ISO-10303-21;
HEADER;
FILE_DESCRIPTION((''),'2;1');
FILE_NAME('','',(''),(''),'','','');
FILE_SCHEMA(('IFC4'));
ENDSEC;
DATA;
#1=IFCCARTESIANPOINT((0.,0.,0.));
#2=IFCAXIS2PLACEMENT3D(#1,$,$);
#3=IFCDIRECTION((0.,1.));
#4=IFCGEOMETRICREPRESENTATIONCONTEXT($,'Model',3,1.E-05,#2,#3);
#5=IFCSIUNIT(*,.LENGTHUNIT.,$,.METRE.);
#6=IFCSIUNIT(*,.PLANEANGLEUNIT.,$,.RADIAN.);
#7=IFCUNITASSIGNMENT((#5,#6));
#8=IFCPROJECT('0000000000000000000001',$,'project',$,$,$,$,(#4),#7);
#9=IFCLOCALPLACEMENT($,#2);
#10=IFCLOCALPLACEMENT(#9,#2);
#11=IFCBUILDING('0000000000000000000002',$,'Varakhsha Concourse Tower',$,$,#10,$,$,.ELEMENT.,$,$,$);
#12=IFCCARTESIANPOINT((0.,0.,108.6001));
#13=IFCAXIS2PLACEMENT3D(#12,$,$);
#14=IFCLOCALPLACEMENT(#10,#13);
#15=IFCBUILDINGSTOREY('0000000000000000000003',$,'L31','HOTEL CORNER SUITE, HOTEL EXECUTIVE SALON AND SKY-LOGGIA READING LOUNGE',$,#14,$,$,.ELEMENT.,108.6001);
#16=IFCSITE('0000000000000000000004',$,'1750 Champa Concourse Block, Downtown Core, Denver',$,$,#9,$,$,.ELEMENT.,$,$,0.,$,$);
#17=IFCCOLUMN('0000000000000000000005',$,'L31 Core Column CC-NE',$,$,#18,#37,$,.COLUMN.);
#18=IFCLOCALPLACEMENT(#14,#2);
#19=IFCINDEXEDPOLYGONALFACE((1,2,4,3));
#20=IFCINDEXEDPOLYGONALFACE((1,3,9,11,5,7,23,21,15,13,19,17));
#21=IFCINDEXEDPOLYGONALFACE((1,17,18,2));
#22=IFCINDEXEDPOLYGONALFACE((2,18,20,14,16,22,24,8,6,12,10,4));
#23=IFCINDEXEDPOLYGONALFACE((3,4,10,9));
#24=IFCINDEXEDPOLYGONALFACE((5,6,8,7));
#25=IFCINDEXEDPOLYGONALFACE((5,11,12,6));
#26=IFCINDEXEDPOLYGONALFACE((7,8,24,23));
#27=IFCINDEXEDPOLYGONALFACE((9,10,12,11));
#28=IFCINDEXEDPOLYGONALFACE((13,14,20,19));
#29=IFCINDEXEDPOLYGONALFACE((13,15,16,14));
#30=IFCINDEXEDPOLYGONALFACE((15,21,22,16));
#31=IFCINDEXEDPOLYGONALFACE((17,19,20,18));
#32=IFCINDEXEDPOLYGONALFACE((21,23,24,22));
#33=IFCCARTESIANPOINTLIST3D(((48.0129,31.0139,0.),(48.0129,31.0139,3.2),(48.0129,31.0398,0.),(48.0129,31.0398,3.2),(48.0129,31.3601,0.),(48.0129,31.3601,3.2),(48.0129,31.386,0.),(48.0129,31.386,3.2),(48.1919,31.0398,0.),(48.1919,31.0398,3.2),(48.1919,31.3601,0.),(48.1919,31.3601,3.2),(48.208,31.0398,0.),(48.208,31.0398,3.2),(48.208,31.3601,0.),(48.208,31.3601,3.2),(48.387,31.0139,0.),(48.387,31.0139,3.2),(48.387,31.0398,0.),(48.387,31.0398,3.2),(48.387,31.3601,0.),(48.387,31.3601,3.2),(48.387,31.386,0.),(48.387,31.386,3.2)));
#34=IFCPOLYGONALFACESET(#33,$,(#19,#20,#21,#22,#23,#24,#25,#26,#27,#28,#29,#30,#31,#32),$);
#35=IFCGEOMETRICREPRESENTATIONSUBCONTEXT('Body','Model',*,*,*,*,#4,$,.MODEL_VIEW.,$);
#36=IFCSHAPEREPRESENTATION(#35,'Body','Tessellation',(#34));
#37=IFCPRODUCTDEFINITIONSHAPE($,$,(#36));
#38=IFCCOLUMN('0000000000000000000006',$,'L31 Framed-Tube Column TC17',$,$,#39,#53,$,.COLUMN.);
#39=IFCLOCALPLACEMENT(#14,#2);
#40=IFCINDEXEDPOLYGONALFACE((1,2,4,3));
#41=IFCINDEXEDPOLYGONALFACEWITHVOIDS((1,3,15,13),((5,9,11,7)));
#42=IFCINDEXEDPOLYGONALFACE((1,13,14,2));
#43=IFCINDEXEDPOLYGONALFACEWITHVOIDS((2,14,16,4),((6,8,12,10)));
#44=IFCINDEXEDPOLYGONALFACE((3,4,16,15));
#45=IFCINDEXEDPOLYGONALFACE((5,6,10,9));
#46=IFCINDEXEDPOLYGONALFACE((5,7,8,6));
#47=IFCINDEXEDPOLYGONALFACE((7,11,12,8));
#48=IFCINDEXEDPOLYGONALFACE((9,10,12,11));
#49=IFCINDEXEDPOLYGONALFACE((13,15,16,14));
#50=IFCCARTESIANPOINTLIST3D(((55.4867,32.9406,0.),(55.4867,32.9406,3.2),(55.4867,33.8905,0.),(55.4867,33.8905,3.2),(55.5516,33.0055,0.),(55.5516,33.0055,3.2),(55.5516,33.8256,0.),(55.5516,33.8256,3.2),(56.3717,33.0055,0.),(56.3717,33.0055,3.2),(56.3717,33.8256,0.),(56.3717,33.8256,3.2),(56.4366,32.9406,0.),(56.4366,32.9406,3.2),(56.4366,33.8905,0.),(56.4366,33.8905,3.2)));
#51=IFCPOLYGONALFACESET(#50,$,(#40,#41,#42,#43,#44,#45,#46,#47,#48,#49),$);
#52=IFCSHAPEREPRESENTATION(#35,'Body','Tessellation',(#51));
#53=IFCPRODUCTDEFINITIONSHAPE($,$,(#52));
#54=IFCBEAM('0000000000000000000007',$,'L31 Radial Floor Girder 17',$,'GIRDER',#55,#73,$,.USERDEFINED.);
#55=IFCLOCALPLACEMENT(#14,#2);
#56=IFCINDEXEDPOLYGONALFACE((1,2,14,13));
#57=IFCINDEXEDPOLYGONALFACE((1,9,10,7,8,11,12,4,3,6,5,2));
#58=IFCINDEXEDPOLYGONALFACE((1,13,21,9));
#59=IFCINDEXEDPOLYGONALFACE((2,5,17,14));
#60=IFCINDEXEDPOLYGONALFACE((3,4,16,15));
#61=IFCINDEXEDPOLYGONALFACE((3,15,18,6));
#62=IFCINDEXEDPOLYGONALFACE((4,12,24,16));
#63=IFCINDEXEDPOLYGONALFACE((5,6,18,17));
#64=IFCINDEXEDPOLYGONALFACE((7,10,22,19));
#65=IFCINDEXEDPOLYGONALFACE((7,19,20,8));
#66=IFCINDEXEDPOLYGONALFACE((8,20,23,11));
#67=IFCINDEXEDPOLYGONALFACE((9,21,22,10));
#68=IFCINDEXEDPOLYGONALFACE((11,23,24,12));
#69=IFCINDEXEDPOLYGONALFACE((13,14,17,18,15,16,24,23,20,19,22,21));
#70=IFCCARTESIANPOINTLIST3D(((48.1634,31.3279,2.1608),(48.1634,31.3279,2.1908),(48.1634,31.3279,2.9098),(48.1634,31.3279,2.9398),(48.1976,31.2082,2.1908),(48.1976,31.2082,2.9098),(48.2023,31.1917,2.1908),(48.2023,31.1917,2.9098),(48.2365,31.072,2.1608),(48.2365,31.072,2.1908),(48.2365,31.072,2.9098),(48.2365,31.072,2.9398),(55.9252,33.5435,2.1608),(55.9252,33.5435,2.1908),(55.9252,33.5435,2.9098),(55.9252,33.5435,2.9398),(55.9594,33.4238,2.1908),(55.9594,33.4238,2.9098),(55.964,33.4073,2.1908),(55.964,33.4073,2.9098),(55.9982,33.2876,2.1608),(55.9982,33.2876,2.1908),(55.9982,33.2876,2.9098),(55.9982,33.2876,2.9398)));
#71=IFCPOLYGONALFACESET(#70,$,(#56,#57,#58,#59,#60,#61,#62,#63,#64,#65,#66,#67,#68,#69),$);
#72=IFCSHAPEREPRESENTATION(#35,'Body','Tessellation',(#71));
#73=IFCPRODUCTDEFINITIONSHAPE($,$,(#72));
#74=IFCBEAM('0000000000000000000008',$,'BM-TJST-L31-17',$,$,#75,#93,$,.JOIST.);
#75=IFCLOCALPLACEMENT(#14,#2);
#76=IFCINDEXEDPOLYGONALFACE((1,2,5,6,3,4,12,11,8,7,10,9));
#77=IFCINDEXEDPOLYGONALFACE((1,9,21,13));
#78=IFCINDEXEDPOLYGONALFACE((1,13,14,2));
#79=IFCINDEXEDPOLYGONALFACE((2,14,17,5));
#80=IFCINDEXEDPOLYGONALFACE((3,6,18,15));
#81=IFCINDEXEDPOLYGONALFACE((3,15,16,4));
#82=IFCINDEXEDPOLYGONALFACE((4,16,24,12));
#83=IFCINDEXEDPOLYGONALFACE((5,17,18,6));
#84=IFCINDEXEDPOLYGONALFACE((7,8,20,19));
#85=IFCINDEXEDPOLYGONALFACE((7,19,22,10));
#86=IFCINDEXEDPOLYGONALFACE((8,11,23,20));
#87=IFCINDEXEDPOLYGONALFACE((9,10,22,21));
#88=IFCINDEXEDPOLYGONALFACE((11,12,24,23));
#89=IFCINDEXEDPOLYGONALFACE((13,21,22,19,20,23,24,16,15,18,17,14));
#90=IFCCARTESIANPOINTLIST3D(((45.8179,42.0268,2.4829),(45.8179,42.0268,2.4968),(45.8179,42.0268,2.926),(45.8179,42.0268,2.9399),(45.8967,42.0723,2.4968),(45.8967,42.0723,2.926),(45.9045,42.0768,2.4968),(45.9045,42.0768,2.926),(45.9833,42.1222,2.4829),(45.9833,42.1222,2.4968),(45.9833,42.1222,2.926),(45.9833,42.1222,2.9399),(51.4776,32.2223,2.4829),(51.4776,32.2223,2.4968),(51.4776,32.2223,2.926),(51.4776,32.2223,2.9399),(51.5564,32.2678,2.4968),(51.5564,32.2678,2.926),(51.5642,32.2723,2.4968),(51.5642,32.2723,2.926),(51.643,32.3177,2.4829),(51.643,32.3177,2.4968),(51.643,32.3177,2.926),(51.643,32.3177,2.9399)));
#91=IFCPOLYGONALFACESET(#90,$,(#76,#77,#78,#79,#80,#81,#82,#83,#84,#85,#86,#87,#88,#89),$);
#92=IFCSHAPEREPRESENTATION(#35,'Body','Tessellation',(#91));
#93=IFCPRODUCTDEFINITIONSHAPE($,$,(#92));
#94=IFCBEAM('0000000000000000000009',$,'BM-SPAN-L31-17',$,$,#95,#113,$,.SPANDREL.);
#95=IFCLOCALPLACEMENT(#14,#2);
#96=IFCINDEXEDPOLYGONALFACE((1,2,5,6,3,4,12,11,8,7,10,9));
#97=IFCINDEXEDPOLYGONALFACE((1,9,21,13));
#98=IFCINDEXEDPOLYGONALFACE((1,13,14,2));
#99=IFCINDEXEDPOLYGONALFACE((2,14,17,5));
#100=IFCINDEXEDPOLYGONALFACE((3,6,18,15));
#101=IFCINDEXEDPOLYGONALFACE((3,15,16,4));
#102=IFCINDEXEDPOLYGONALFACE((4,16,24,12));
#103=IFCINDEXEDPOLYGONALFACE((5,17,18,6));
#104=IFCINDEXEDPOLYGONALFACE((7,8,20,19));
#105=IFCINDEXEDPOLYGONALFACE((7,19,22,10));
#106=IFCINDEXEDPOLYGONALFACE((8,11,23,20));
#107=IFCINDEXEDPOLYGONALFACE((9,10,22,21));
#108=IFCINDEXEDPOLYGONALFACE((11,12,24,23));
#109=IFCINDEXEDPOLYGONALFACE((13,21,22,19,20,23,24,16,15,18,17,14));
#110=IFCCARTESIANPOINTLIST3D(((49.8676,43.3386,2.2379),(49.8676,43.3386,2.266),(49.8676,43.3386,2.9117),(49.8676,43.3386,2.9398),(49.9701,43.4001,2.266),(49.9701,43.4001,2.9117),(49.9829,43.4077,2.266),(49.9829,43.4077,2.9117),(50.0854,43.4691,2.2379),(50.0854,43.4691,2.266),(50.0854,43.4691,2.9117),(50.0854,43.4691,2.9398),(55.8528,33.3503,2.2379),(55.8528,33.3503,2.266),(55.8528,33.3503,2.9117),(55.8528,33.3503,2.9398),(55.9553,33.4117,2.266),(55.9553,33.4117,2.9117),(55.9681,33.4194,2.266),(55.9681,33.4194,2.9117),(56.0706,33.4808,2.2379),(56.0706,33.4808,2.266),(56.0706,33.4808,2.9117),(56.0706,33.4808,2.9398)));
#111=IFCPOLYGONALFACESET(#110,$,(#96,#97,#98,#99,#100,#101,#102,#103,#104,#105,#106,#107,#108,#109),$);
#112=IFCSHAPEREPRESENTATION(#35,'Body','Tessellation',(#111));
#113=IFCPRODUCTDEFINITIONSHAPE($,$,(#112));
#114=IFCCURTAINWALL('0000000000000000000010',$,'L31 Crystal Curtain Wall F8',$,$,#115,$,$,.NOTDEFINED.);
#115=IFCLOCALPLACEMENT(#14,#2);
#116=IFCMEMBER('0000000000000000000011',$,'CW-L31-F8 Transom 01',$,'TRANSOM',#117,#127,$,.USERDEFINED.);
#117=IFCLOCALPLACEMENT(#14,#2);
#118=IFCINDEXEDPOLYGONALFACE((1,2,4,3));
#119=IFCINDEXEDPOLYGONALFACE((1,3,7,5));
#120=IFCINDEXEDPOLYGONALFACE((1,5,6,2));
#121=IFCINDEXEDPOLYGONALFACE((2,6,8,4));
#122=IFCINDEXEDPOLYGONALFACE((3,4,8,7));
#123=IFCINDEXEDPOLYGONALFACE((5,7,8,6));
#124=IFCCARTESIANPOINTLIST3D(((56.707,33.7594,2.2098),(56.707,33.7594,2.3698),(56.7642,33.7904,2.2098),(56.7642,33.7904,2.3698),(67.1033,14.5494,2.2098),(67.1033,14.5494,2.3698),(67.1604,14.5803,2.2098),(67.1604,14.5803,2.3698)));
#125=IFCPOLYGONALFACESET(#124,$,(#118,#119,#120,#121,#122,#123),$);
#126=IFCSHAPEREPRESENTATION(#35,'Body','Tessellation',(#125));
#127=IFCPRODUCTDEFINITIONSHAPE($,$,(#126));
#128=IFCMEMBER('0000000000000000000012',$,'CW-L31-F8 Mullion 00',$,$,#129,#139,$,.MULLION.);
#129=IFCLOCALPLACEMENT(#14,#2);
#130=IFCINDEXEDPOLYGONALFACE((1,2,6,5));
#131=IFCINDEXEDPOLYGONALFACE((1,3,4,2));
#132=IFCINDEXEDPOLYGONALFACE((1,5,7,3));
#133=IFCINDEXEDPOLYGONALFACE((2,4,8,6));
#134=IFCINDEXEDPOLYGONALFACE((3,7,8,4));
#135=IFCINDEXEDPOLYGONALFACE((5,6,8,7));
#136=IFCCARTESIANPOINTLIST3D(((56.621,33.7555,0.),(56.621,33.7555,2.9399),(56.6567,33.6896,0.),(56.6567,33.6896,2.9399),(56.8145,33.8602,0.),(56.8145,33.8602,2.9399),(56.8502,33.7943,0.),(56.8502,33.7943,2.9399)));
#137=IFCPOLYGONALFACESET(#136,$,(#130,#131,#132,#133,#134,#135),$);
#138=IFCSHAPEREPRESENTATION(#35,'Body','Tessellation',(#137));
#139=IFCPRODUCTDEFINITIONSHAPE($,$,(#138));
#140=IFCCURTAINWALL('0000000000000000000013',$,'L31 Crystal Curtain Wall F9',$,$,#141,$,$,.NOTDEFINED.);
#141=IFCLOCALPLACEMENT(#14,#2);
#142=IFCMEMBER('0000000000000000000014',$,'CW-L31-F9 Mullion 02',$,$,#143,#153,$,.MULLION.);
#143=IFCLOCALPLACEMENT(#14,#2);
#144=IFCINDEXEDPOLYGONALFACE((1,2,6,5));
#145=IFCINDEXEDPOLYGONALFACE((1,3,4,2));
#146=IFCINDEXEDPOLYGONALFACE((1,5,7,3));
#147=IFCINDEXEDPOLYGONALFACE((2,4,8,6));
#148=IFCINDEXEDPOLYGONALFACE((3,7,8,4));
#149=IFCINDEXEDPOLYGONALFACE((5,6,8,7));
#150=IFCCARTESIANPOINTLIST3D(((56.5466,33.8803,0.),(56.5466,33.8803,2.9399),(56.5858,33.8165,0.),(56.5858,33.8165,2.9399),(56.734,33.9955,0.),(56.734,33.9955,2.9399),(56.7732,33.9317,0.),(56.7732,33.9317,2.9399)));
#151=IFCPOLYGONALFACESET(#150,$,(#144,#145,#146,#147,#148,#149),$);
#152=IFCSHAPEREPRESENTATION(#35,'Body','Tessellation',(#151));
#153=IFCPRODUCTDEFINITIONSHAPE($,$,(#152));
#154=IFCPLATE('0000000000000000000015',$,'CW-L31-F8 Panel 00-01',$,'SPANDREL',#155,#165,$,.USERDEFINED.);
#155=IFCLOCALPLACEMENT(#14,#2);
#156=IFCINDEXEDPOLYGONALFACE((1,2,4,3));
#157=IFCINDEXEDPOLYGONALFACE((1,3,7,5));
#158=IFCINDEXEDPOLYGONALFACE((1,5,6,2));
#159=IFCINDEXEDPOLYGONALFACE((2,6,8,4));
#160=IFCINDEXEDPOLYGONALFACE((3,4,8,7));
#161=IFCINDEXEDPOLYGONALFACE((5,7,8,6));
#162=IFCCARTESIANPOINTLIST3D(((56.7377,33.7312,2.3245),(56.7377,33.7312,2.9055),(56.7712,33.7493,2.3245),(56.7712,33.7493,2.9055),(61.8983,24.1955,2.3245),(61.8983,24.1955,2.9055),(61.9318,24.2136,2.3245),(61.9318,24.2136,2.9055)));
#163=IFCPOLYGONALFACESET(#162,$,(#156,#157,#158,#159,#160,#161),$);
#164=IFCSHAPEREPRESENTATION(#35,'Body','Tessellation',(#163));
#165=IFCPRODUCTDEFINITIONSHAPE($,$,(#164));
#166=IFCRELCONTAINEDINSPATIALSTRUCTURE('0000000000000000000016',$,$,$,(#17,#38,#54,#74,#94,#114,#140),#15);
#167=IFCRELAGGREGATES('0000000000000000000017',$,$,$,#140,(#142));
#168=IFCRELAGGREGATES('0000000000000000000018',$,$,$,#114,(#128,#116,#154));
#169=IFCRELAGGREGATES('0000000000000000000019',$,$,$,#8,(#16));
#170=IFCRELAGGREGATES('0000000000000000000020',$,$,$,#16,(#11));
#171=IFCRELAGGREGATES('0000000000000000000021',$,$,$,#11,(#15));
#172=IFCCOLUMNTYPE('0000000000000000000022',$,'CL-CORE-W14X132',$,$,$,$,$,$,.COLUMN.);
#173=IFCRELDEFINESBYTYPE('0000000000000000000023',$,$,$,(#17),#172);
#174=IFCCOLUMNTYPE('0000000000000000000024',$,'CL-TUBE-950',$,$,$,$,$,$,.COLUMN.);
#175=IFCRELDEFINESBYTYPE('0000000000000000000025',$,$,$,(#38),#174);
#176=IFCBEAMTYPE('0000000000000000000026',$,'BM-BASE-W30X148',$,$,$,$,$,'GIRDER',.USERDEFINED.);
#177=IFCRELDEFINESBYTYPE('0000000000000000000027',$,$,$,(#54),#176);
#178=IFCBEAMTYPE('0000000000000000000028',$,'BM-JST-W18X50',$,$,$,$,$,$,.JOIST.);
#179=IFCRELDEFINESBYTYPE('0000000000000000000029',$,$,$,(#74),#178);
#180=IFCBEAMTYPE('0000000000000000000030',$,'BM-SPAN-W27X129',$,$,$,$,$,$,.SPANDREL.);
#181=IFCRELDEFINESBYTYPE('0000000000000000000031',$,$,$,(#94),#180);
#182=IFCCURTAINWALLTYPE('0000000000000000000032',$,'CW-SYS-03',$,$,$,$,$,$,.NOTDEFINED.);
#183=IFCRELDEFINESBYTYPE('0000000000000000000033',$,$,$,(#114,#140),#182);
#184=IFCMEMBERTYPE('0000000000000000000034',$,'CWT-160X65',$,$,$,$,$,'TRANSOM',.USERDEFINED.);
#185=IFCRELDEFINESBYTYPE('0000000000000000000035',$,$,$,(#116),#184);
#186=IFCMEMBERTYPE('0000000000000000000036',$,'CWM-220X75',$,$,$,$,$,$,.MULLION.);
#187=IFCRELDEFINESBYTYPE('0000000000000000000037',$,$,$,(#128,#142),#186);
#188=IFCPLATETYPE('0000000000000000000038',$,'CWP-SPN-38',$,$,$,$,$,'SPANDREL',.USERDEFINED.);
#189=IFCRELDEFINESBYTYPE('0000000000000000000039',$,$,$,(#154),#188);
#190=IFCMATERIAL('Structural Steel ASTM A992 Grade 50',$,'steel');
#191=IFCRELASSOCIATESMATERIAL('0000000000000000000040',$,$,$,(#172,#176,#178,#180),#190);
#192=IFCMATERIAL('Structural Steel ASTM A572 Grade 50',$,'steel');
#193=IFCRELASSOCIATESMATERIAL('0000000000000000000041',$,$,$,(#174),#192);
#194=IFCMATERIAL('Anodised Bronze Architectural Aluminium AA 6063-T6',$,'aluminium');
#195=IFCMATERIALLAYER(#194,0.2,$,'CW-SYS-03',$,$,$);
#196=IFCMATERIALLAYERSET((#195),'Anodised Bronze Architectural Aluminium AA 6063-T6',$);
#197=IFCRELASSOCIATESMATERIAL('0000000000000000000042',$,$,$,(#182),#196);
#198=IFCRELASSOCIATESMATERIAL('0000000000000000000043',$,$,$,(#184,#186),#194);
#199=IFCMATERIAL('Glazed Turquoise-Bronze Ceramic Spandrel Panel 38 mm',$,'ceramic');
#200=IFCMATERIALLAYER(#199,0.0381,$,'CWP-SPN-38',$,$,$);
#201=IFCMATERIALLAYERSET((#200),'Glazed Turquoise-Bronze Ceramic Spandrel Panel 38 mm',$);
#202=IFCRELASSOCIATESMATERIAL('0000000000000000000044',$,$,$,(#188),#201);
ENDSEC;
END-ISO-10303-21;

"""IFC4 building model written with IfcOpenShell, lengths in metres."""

from ifc_helpers import new_model, si_unit, direction, frame, origin, origin_2d, place, context, subcontext, project, spatial, rectangle, hollow_rectangle, i_section, extrude, source, transform, mapped, material, layer, layer_set, material_profile, profile_set, type_object, type_shapes, element, aggregate, save


model = new_model("IFC4")

# Units and contexts
model_context = context("Model", 3, precision=1e-05, world=origin(), true_north=direction((0.0, 1.0)))
body_context = subcontext(model_context, "Body", "Model", "MODEL_VIEW")
ifc_project = project(units=[si_unit("LENGTHUNIT", "METRE"), si_unit("PLANEANGLEUNIT", "RADIAN")], contexts=[model_context])

# Site, building, storey
site_placement = place(None, origin())
site = spatial("IfcSite", under=ifc_project, at=site_placement, Name="1750 Champa Concourse Block, Downtown Core, Denver", CompositionType="ELEMENT", RefElevation=0.0)
building_placement = place(site_placement, origin())
building = spatial("IfcBuilding", under=site, at=building_placement, Name="Varakhsha Concourse Tower", CompositionType="ELEMENT")
storey_placement = place(building_placement, frame((0.0, 0.0, 108.6001)))
storey = spatial("IfcBuildingStorey", under=building, at=storey_placement, Name="L31", Description="HOTEL CORNER SUITE, HOTEL EXECUTIVE SALON AND SKY-LOGGIA READING LOUNGE", CompositionType="ELEMENT", Elevation=108.6001)

# Columns
ifc_material_1 = material(Name="Structural Steel ASTM A992 Grade 50", Category="steel")
ifc_material_profile_1 = material_profile(ifc_material_1, i_section(OverallWidth=0.374, OverallDepth=0.3721, WebThickness=0.0161, FlangeThickness=0.0259, at=origin_2d()), Name="W14X132")
ifc_profile_set_1 = profile_set([ifc_material_profile_1], Name="Structural Steel ASTM A992 Grade 50")
column_type_1 = type_object("IfcColumnType", Name="CL-CORE-W14X132", PredefinedType="COLUMN", material=ifc_profile_set_1)
column_1_placement = place(storey_placement, frame((48.2, 31.2, 0.0), z_axis=(0.0, 0.0, 1.0), x_axis=(1.0, 0.0, 0.0)))
element("IfcColumn", 1, at=column_1_placement, inside=storey, type_object=column_type_1, Name="L31 Core Column CC-NE", PredefinedType="COLUMN", context=body_context, shape_type="SweptSolid", body=[
    extrude(i_section(OverallWidth=0.374, OverallDepth=0.3721, WebThickness=0.0161, FlangeThickness=0.0259, at=origin_2d()), origin(), (0.0, 0.0, 1.0), 3.2),
])
ifc_material_2 = material(Name="Structural Steel ASTM A572 Grade 50", Category="steel")
ifc_material_profile_2 = material_profile(ifc_material_2, hollow_rectangle(XDim=0.95, YDim=0.95, WallThickness=0.0649, at=origin_2d()), Name="BOX 950x950x65")
ifc_profile_set_2 = profile_set([ifc_material_profile_2], Name="Structural Steel ASTM A572 Grade 50")
column_type_2 = type_object("IfcColumnType", Name="CL-TUBE-950", PredefinedType="COLUMN", material=ifc_profile_set_2)
column_2_placement = place(storey_placement, frame((55.9617, 33.4155, 0.0), z_axis=(0.0, 0.0, 1.0), x_axis=(1.0, 0.0, 0.0)))
element("IfcColumn", 2, at=column_2_placement, inside=storey, type_object=column_type_2, Name="L31 Framed-Tube Column TC17", PredefinedType="COLUMN", context=body_context, shape_type="SweptSolid", body=[
    extrude(hollow_rectangle(XDim=0.95, YDim=0.95, WallThickness=0.0649, at=origin_2d()), origin(), (0.0, 0.0, 1.0), 3.2),
])

# Beams
ifc_material_profile_3 = material_profile(ifc_material_1, i_section(OverallWidth=0.2661, OverallDepth=0.7791, WebThickness=0.0171, FlangeThickness=0.03, at=origin_2d()), Name="W30X148")
ifc_profile_set_3 = profile_set([ifc_material_profile_3], Name="Structural Steel ASTM A992 Grade 50")
beam_type_1 = type_object("IfcBeamType", Name="BM-BASE-W30X148", ElementType="GIRDER", PredefinedType="USERDEFINED", material=ifc_profile_set_3)
beam_1_placement = place(storey_placement, frame((48.2, 31.2, 2.5503), z_axis=(0.961591, 0.274485, 0.0), x_axis=(-0.274485, 0.961591, 0.0)))
element("IfcBeam", 3, at=beam_1_placement, inside=storey, type_object=beam_type_1, Name="L31 Radial Floor Girder 17", ObjectType="GIRDER", PredefinedType="USERDEFINED", context=body_context, shape_type="SweptSolid", body=[
    extrude(i_section(OverallWidth=0.2661, OverallDepth=0.7791, WebThickness=0.0171, FlangeThickness=0.03, at=origin_2d()), origin(), (0.0, 0.0, 1.0), 8.0718),
])
ifc_material_profile_4 = material_profile(ifc_material_1, i_section(OverallWidth=0.1909, OverallDepth=0.457, WebThickness=0.009, FlangeThickness=0.0139, at=origin_2d()), Name="W18X50")
ifc_profile_set_4 = profile_set([ifc_material_profile_4], Name="Structural Steel ASTM A992 Grade 50")
beam_type_2 = type_object("IfcBeamType", Name="BM-JST-W18X50", PredefinedType="JOIST", material=ifc_profile_set_4)
beam_2_placement = place(storey_placement, frame((51.5603, 32.27, 2.7114), z_axis=(-0.499938, 0.866061, 0.0), x_axis=(-0.866061, -0.499938, 0.0)))
element("IfcBeam", 4, at=beam_2_placement, inside=storey, type_object=beam_type_2, Name="BM-TJST-L31-17", PredefinedType="JOIST", context=body_context, shape_type="SweptSolid", body=[
    extrude(i_section(OverallWidth=0.1909, OverallDepth=0.457, WebThickness=0.009, FlangeThickness=0.0139, at=origin_2d()), origin(), (0.0, 0.0, 1.0), 11.3208),
])
ifc_material_profile_5 = material_profile(ifc_material_1, i_section(OverallWidth=0.2539, OverallDepth=0.7019, WebThickness=0.0149, FlangeThickness=0.0281, at=origin_2d()), Name="W27X129")
ifc_profile_set_5 = profile_set([ifc_material_profile_5], Name="Structural Steel ASTM A992 Grade 50")
beam_type_3 = type_object("IfcBeamType", Name="BM-SPAN-W27X129", PredefinedType="SPANDREL", material=ifc_profile_set_5)
beam_3_placement = place(storey_placement, frame((55.9617, 33.4155, 2.5889), z_axis=(-0.513999, 0.857791, 0.0), x_axis=(-0.857791, -0.513999, 0.0)))
element("IfcBeam", 5, at=beam_3_placement, inside=storey, type_object=beam_type_3, Name="BM-SPAN-L31-17", PredefinedType="SPANDREL", context=body_context, shape_type="SweptSolid", body=[
    extrude(i_section(OverallWidth=0.2539, OverallDepth=0.7019, WebThickness=0.0149, FlangeThickness=0.0281, at=origin_2d()), origin(), (0.0, 0.0, 1.0), 11.6443),
])

# Curtain wall, members
ifc_material_3 = material(Name="Anodised Bronze Architectural Aluminium AA 6063-T6", Category="aluminium")
ifc_layer_1 = layer(ifc_material_3, 0.2, Name="CW-SYS-03")
ifc_layer_set_1 = layer_set([ifc_layer_1], Name="Anodised Bronze Architectural Aluminium AA 6063-T6")
curtain_wall_type = type_object("IfcCurtainWallType", Name="CW-SYS-03", PredefinedType="NOTDEFINED", material=ifc_layer_set_1)
curtain_wall_1_placement = place(storey_placement, origin())
curtain_wall_1 = element("IfcCurtainWall", 6, at=curtain_wall_1_placement, inside=storey, type_object=curtain_wall_type, Name="L31 Crystal Curtain Wall F8", PredefinedType="NOTDEFINED")
ifc_material_profile_6 = material_profile(ifc_material_3, rectangle(XDim=0.0649, YDim=0.1599, at=origin_2d()), Name="CWT-160X65")
ifc_profile_set_6 = profile_set([ifc_material_profile_6], Name="Anodised Bronze Architectural Aluminium AA 6063-T6")
member_type_1 = type_object("IfcMemberType", Name="CWT-160X65", ElementType="TRANSOM", PredefinedType="USERDEFINED", material=ifc_profile_set_6)
shared_shape_1 = source(origin(), body_context, "Body", "SweptSolid", [
    extrude(rectangle(XDim=0.0649, YDim=0.1599, at=origin_2d()), origin(), (0.0, 0.0, 1.0), 21.8428),
])
type_shapes(member_type_1, [shared_shape_1])
member_1_placement = place(storey_placement, frame((56.7356, 33.7749, 2.2898), z_axis=(0.475959, -0.879467, 0.0), x_axis=(0.879467, 0.475959, 0.0)))
member_1 = element("IfcMember", 7, at=member_1_placement, type_object=member_type_1, Name="CW-L31-F8 Transom 01", ObjectType="TRANSOM", PredefinedType="USERDEFINED", context=body_context, shape_type="MappedRepresentation", body=[
    mapped(shared_shape_1, transform((0.0, 0.0, 0.0), scale=1.0)),
])
ifc_material_profile_7 = material_profile(ifc_material_3, rectangle(XDim=0.075, YDim=0.22, at=origin_2d()), Name="CWM-220X75")
ifc_profile_set_7 = profile_set([ifc_material_profile_7], Name="Anodised Bronze Architectural Aluminium AA 6063-T6")
member_type_2 = type_object("IfcMemberType", Name="CWM-220X75", PredefinedType="MULLION", material=ifc_profile_set_7)
shared_shape_2 = source(origin(), body_context, "Body", "SweptSolid", [
    extrude(rectangle(XDim=0.075, YDim=0.22, at=origin_2d()), origin(), (0.0, 0.0, 1.0), 2.9399),
])
type_shapes(member_type_2, [shared_shape_2])
member_2_placement = place(storey_placement, frame((56.7356, 33.7749, 0.0), z_axis=(0.0, 0.0, 1.0), x_axis=(0.475959, -0.879468, 0.0)))
member_2 = element("IfcMember", 8, at=member_2_placement, type_object=member_type_2, Name="CW-L31-F8 Mullion 00", PredefinedType="MULLION", context=body_context, shape_type="MappedRepresentation", body=[
    mapped(shared_shape_2, transform((0.0, 0.0, 0.0), scale=1.0)),
])

# Curtain wall, member
curtain_wall_2_placement = place(storey_placement, origin())
curtain_wall_2 = element("IfcCurtainWall", 9, at=curtain_wall_2_placement, inside=storey, type_object=curtain_wall_type, Name="L31 Crystal Curtain Wall F9", PredefinedType="NOTDEFINED")
member_3_placement = place(storey_placement, frame((56.6599, 33.906, 0.0), z_axis=(0.0, 0.0, 1.0), x_axis=(0.523665, -0.851924, 0.0)))
member_3 = element("IfcMember", 10, at=member_3_placement, type_object=member_type_2, Name="CW-L31-F9 Mullion 02", PredefinedType="MULLION", context=body_context, shape_type="MappedRepresentation", body=[
    mapped(shared_shape_2, transform((0.0, 0.0, 0.0), scale=1.0)),
])
aggregate(curtain_wall_2, [member_3])

# Plate
ifc_material_4 = material(Name="Glazed Turquoise-Bronze Ceramic Spandrel Panel 38 mm", Category="ceramic")
ifc_layer_2 = layer(ifc_material_4, 0.0381, Name="CWP-SPN-38")
ifc_layer_set_2 = layer_set([ifc_layer_2], Name="Glazed Turquoise-Bronze Ceramic Spandrel Panel 38 mm")
plate_type_1 = type_object("IfcPlateType", Name="CWP-SPN-38", ElementType="SPANDREL", PredefinedType="USERDEFINED", material=ifc_layer_set_2)
shared_shape_3 = source(origin(), body_context, "Body", "SweptSolid", [
    extrude(rectangle(XDim=10.8425, YDim=0.0381, at=origin_2d()), origin(), (0.0, 0.0, 1.0), 0.5811),
])
type_shapes(plate_type_1, [shared_shape_3])
plate_1_placement = place(storey_placement, frame((59.3347, 28.9724, 2.3245), z_axis=(0.0, 0.0, 1.0), x_axis=(0.475959, -0.879468, 0.0)))
plate_1 = element("IfcPlate", 11, at=plate_1_placement, type_object=plate_type_1, Name="CW-L31-F8 Panel 00-01", ObjectType="SPANDREL", PredefinedType="USERDEFINED", context=body_context, shape_type="MappedRepresentation", body=[
    mapped(shared_shape_3, transform((0.0, 0.0, 0.0), scale=1.0)),
])
aggregate(curtain_wall_1, [member_2, member_1, plate_1])

save(model, "model.ifc")
